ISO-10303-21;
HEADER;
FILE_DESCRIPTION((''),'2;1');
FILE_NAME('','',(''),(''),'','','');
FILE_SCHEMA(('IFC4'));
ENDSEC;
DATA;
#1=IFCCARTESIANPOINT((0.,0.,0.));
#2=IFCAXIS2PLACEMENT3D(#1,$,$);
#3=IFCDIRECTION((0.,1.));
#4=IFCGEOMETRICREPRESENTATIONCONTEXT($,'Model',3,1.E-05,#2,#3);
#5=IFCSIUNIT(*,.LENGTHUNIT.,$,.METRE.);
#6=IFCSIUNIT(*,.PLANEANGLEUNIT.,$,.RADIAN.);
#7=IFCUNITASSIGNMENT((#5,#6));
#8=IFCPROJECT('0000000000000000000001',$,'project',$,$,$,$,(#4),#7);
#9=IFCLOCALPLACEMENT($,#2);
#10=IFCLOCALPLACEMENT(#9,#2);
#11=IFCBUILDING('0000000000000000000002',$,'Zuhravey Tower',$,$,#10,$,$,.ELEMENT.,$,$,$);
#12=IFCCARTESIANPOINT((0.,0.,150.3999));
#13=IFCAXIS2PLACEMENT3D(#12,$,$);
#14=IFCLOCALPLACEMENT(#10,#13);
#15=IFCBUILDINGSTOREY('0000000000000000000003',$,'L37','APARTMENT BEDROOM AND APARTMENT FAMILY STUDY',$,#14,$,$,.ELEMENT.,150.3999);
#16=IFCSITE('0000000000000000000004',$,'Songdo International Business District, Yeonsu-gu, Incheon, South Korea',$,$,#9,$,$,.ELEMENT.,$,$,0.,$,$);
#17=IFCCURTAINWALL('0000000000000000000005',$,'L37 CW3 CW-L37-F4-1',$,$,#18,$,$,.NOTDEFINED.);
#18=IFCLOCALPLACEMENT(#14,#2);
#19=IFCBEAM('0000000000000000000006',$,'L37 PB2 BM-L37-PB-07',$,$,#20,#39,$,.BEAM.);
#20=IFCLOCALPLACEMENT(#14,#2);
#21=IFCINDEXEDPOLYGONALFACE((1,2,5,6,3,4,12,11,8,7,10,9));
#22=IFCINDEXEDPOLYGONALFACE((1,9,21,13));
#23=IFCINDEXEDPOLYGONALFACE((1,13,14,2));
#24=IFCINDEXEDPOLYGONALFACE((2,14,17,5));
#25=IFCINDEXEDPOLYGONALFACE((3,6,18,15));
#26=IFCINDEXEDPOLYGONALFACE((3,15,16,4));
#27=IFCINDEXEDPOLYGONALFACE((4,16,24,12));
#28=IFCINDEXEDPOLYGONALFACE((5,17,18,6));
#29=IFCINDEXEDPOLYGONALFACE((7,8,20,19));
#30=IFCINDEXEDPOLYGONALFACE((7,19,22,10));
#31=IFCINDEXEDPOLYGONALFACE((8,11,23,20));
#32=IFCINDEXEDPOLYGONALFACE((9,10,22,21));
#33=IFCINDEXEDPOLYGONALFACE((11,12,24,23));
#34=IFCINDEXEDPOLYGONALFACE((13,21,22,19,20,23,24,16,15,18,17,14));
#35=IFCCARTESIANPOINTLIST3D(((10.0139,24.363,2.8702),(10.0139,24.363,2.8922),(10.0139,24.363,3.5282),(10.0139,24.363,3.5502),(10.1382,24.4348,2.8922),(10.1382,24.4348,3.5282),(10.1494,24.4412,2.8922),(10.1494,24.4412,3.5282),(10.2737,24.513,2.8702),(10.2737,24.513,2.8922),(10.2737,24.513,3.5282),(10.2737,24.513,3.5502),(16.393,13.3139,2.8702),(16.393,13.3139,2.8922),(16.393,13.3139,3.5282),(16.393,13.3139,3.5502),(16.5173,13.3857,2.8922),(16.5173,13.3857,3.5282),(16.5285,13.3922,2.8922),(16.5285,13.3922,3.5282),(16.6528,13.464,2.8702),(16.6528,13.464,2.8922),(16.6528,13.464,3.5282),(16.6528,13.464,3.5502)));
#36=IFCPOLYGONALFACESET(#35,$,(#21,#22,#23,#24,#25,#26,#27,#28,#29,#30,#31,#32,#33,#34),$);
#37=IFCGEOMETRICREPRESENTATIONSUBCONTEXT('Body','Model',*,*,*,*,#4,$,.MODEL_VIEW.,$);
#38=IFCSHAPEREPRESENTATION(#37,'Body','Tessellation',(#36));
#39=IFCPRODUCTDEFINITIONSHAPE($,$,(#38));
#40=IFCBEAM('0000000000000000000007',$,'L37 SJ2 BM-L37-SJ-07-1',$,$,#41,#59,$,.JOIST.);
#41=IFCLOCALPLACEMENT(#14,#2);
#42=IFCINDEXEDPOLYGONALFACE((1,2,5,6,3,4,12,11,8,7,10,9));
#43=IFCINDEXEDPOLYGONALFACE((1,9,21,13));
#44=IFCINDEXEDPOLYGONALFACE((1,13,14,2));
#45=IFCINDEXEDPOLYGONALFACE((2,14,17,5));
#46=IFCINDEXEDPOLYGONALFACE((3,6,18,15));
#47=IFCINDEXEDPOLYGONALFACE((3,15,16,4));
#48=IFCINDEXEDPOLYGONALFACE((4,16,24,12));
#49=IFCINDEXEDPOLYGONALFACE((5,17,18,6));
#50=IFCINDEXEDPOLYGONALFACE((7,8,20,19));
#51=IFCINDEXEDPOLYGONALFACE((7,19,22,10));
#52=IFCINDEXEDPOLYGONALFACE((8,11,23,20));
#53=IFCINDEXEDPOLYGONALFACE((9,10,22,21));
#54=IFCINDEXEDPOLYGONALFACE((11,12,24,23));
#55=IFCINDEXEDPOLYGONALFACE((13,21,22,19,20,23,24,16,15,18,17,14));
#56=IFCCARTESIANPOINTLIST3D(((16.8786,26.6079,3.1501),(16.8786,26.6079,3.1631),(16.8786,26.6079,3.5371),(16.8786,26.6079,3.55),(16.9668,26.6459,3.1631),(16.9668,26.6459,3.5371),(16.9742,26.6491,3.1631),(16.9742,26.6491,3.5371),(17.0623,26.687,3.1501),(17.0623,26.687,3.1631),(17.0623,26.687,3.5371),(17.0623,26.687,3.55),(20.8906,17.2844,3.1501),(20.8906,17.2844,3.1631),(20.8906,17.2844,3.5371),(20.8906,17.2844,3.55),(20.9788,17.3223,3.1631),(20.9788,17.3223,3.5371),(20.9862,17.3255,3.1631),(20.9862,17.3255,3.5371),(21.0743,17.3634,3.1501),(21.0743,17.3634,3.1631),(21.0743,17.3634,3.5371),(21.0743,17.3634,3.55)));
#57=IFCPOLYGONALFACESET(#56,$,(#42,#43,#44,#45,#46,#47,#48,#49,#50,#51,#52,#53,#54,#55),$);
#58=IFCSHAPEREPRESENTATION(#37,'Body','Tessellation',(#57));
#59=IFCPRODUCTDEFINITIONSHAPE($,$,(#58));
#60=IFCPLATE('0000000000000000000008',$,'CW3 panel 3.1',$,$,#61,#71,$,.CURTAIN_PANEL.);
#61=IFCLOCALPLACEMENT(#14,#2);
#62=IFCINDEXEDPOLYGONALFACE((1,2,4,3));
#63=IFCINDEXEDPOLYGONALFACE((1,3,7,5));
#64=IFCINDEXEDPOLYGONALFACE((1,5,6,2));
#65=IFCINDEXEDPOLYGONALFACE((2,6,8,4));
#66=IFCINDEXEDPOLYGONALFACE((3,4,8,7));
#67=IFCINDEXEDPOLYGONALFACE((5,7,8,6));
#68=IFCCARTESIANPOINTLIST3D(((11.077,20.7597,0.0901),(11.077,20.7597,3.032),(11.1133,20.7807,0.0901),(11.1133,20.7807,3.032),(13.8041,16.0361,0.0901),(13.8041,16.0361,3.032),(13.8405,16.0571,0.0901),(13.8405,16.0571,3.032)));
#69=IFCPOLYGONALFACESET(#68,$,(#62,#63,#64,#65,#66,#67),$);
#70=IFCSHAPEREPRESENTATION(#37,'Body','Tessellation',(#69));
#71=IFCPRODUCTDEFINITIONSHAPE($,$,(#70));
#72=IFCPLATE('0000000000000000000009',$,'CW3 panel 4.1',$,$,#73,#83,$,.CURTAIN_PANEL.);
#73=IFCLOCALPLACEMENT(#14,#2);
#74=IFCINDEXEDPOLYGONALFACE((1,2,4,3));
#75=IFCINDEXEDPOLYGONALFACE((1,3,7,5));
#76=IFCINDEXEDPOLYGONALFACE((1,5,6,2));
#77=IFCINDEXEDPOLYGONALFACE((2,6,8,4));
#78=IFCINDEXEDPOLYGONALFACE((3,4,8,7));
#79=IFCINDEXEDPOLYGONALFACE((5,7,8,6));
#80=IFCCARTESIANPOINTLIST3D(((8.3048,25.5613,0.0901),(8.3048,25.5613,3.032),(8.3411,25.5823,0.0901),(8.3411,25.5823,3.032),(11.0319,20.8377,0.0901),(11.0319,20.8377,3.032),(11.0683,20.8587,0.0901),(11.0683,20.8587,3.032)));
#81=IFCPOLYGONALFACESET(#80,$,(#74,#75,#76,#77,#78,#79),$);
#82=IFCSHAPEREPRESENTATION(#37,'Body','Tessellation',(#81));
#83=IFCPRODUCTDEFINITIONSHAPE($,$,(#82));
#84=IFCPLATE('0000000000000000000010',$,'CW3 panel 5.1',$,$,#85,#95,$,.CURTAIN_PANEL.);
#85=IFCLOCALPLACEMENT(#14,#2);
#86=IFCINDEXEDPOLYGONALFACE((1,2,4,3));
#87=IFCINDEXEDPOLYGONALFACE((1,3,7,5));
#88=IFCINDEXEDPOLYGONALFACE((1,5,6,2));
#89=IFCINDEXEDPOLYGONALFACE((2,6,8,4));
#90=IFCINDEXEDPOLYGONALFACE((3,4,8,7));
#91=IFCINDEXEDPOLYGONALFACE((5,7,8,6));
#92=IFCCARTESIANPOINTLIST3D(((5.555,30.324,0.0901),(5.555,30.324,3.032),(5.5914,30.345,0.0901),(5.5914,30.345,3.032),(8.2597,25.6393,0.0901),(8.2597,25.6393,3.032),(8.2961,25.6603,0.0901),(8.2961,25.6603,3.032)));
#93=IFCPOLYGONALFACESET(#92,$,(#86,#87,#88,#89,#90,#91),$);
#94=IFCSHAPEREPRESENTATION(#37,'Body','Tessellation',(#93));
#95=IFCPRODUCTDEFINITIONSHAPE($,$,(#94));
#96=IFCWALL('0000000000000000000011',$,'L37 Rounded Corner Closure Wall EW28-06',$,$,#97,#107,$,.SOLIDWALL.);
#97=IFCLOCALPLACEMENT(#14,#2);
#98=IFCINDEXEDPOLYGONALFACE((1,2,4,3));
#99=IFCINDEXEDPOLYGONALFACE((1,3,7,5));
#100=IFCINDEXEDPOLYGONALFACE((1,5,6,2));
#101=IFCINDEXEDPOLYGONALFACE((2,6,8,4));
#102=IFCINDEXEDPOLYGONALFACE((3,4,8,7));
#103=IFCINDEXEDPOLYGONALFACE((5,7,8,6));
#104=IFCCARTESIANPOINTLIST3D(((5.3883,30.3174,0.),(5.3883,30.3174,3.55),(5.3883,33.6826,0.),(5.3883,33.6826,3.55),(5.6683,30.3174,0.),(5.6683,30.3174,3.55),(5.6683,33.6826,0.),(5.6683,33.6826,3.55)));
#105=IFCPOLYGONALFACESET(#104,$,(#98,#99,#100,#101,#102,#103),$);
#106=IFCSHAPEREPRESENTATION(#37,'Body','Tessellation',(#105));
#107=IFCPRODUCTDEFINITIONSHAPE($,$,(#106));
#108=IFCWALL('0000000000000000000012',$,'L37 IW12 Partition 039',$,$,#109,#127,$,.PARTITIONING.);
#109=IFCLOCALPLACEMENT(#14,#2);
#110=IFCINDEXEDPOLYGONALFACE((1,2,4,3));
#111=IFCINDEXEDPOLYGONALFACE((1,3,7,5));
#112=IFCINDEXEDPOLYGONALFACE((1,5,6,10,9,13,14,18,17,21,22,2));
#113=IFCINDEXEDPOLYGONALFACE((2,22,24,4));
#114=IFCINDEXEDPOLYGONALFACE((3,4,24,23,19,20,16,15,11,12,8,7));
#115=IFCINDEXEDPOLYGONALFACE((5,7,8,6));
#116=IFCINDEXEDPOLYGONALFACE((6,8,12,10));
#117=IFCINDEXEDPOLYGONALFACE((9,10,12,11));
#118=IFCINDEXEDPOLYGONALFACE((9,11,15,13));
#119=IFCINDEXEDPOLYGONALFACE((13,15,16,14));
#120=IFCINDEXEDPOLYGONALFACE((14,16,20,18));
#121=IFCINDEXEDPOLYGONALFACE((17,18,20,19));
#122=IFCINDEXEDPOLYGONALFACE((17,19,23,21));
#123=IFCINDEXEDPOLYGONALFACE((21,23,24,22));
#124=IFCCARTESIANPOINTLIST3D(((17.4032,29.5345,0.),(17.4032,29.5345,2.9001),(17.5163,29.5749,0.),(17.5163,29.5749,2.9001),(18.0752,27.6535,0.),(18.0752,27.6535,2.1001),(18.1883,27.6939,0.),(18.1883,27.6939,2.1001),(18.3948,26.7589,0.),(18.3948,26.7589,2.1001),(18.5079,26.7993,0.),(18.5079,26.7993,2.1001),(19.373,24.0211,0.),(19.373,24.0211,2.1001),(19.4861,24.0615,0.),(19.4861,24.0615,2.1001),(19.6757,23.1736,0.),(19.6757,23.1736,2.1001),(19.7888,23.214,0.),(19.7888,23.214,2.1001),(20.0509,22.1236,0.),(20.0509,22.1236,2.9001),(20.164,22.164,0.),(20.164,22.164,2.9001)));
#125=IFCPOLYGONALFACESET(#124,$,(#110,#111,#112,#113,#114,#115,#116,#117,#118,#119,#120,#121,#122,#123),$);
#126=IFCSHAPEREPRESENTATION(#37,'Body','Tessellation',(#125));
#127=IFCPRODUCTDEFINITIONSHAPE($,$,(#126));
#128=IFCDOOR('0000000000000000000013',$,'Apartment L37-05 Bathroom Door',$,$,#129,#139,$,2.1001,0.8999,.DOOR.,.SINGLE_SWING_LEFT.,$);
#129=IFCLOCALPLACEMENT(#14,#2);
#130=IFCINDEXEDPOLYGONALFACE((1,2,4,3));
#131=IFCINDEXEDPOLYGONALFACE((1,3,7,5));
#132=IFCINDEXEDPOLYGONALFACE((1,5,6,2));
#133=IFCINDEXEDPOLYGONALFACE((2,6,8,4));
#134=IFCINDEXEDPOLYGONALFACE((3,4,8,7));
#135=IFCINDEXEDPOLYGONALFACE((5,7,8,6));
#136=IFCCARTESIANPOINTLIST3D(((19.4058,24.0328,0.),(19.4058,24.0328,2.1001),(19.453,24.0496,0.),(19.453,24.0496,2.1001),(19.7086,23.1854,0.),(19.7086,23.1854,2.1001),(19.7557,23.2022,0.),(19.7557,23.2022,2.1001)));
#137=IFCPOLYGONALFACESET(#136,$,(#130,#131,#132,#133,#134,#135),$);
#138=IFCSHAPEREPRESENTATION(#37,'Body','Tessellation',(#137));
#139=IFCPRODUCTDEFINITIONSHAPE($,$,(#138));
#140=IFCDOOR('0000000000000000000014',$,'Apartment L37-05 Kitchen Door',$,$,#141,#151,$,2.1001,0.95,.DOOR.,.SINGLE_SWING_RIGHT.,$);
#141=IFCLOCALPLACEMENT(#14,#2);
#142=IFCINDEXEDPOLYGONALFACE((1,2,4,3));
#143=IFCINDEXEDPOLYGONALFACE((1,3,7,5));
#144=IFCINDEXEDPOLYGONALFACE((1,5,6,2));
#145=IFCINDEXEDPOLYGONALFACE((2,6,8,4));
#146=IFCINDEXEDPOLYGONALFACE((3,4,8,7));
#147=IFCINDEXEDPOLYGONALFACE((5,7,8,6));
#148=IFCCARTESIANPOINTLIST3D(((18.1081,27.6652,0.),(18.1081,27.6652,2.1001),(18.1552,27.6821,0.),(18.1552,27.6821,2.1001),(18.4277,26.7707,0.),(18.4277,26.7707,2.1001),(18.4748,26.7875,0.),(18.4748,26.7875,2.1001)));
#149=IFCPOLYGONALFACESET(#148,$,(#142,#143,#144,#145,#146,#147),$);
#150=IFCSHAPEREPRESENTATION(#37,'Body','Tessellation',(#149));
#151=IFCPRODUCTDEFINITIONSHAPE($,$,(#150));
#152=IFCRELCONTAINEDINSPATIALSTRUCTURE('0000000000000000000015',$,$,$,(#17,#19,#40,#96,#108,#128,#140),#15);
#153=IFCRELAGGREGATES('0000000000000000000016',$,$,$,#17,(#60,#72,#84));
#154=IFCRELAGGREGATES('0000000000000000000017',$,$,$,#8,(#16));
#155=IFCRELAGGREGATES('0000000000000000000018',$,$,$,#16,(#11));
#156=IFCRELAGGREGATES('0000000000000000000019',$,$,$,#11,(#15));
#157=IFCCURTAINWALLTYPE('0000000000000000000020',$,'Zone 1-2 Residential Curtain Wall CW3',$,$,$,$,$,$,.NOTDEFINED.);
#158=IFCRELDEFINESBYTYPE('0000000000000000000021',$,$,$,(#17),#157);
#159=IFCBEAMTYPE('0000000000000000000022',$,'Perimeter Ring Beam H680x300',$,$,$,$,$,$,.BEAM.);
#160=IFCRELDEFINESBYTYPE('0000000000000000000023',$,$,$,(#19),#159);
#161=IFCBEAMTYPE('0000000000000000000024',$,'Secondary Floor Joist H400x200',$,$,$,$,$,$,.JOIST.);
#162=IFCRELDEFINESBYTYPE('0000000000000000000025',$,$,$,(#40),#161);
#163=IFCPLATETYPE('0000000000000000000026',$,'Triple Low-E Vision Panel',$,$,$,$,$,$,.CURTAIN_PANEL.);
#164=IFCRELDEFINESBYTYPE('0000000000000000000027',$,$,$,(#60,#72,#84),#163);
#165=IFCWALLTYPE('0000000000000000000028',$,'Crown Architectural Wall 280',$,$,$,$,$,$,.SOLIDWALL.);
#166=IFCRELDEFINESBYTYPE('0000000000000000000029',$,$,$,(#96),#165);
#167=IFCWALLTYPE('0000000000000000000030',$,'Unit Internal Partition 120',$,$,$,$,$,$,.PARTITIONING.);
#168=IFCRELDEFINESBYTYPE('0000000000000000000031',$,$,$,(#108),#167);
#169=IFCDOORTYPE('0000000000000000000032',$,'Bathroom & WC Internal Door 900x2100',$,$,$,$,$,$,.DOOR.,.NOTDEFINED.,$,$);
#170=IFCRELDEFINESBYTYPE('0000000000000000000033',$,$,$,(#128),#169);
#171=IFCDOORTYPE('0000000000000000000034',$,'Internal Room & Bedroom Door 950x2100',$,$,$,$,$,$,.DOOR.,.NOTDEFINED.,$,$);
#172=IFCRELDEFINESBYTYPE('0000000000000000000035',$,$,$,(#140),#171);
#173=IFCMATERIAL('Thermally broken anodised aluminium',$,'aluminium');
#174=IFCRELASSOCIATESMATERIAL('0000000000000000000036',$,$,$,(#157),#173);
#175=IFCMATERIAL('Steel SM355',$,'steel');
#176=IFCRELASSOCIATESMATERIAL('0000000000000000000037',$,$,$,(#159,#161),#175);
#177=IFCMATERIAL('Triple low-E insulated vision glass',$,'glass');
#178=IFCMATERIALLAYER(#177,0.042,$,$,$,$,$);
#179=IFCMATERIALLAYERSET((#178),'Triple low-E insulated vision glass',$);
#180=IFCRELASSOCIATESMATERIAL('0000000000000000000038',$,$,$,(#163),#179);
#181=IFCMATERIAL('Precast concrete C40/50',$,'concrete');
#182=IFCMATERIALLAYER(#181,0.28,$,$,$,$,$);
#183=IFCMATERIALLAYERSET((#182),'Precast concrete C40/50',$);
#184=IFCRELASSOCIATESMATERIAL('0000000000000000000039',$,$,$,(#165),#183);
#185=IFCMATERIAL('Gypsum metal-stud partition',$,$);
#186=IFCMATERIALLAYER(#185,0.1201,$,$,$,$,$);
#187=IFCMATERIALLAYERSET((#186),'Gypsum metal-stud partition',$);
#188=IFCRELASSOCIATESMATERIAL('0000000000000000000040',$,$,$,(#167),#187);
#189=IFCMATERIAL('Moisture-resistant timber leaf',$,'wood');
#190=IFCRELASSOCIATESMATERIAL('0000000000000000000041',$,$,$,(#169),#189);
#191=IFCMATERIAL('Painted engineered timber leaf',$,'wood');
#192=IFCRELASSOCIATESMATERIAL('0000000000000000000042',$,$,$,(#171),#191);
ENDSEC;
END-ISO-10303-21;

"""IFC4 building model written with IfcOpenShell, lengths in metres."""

from ifc_helpers import new_model, si_unit, direction, frame, frame_2d, origin, origin_2d, place, context, subcontext, project, spatial, rectangle, i_section, extrude, material, layer, layer_set, material_profile, profile_set, type_object, element, fill, aggregate, save


model = new_model("IFC4")

# Units and contexts
model_context = context("Model", 3, precision=1e-05, world=origin(), true_north=direction((0.0, 1.0)))
body_context = subcontext(model_context, "Body", "Model", "MODEL_VIEW")
ifc_project = project(units=[si_unit("LENGTHUNIT", "METRE"), si_unit("PLANEANGLEUNIT", "RADIAN")], contexts=[model_context])

# Site, building, storey
site_placement = place(None, origin())
site = spatial("IfcSite", under=ifc_project, at=site_placement, Name="Songdo International Business District, Yeonsu-gu, Incheon, South Korea", CompositionType="ELEMENT", RefElevation=0.0)
building_placement = place(site_placement, origin())
building = spatial("IfcBuilding", under=site, at=building_placement, Name="Zuhravey Tower", CompositionType="ELEMENT")
storey_placement = place(building_placement, frame((0.0, 0.0, 150.3999)))
storey = spatial("IfcBuildingStorey", under=building, at=storey_placement, Name="L37", Description="APARTMENT BEDROOM AND APARTMENT FAMILY STUDY", CompositionType="ELEMENT", Elevation=150.3999)

# Curtain wall
ifc_material_1 = material(Name="Thermally broken anodised aluminium", Category="aluminium")
curtain_wall_type = type_object("IfcCurtainWallType", Name="Zone 1-2 Residential Curtain Wall CW3", PredefinedType="NOTDEFINED", material=ifc_material_1)
curtain_wall_placement = place(storey_placement, origin())
curtain_wall = element("IfcCurtainWall", 1, at=curtain_wall_placement, inside=storey, type_object=curtain_wall_type, Name="L37 CW3 CW-L37-F4-1", PredefinedType="NOTDEFINED")

# Beams
ifc_material_2 = material(Name="Steel SM355", Category="steel")
ifc_material_profile_1 = material_profile(ifc_material_2, i_section(OverallWidth=0.3, OverallDepth=0.6799, WebThickness=0.0129, FlangeThickness=0.022, at=origin_2d()), Name="H-680x300x13x22")
ifc_profile_set_1 = profile_set([ifc_material_profile_1], Name="Steel SM355")
beam_type_1 = type_object("IfcBeamType", Name="Perimeter Ring Beam H680x300", PredefinedType="BEAM", material=ifc_profile_set_1)
beam_1_placement = place(storey_placement, frame((10.1438, 24.438, 3.2102), z_axis=(0.499998, -0.866027, 0.0), x_axis=(0.866027, 0.499998, 0.0)))
element("IfcBeam", 2, at=beam_1_placement, inside=storey, type_object=beam_type_1, Name="L37 PB2 BM-L37-PB-07", PredefinedType="BEAM", context=body_context, shape_type="SweptSolid", body=[
    extrude(i_section(OverallWidth=0.3, OverallDepth=0.6799, WebThickness=0.0129, FlangeThickness=0.022, at=origin_2d()), origin(), (0.0, 0.0, 1.0), 12.7583),
])
ifc_material_profile_2 = material_profile(ifc_material_2, i_section(OverallWidth=0.2, OverallDepth=0.3999, WebThickness=0.0081, FlangeThickness=0.0129, at=origin_2d()), Name="H-400x200x8x13")
ifc_profile_set_2 = profile_set([ifc_material_profile_2], Name="Steel SM355")
beam_type_2 = type_object("IfcBeamType", Name="Secondary Floor Joist H400x200", PredefinedType="JOIST", material=ifc_profile_set_2)
beam_2_placement = place(storey_placement, frame((16.9705, 26.6475, 3.3501), z_axis=(0.395266, -0.918567, 0.0), x_axis=(0.918567, 0.395266, 0.0)))
element("IfcBeam", 3, at=beam_2_placement, inside=storey, type_object=beam_type_2, Name="L37 SJ2 BM-L37-SJ-07-1", PredefinedType="JOIST", context=body_context, shape_type="SweptSolid", body=[
    extrude(i_section(OverallWidth=0.2, OverallDepth=0.3999, WebThickness=0.0081, FlangeThickness=0.0129, at=origin_2d()), origin(), (0.0, 0.0, 1.0), 10.1501),
])

# Plates
ifc_material_3 = material(Name="Triple low-E insulated vision glass", Category="glass")
ifc_layer_1 = layer(ifc_material_3, 0.042)
ifc_layer_set_1 = layer_set([ifc_layer_1], Name="Triple low-E insulated vision glass")
plate_type = type_object("IfcPlateType", Name="Triple Low-E Vision Panel", PredefinedType="CURTAIN_PANEL", material=ifc_layer_set_1)
plate_1_placement = place(storey_placement, frame((12.4587, 18.4084, 0.0901), z_axis=(0.0, 0.0, 1.0), x_axis=(-0.5, 0.866025, 0.0)))
plate_1 = element("IfcPlate", 4, at=plate_1_placement, type_object=plate_type, Name="CW3 panel 3.1", PredefinedType="CURTAIN_PANEL", context=body_context, shape_type="SweptSolid", body=[
    extrude(rectangle(XDim=5.4543, YDim=0.042, at=origin_2d()), origin(), (0.0, 0.0, 1.0), 2.9419),
])
plate_2_placement = place(storey_placement, frame((9.6865, 23.21, 0.0901), z_axis=(0.0, 0.0, 1.0), x_axis=(-0.5, 0.866025, 0.0)))
plate_2 = element("IfcPlate", 5, at=plate_2_placement, type_object=plate_type, Name="CW3 panel 4.1", PredefinedType="CURTAIN_PANEL", context=body_context, shape_type="SweptSolid", body=[
    extrude(rectangle(XDim=5.4543, YDim=0.042, at=origin_2d()), origin(), (0.0, 0.0, 1.0), 2.9419),
])
plate_3_placement = place(storey_placement, frame((6.9255, 27.9922, 0.0901), z_axis=(0.0, 0.0, 1.0), x_axis=(-0.5, 0.866025, 0.0)))
plate_3 = element("IfcPlate", 6, at=plate_3_placement, type_object=plate_type, Name="CW3 panel 5.1", PredefinedType="CURTAIN_PANEL", context=body_context, shape_type="SweptSolid", body=[
    extrude(rectangle(XDim=5.4094, YDim=0.042, at=origin_2d()), origin(), (0.0, 0.0, 1.0), 2.9419),
])
aggregate(curtain_wall, [plate_1, plate_2, plate_3])

# Wall
ifc_material_4 = material(Name="Precast concrete C40/50", Category="concrete")
ifc_layer_2 = layer(ifc_material_4, 0.28)
ifc_layer_set_2 = layer_set([ifc_layer_2], Name="Precast concrete C40/50")
wall_type_1 = type_object("IfcWallType", Name="Crown Architectural Wall 280", PredefinedType="SOLIDWALL", material=ifc_layer_set_2)
wall_1_placement = place(storey_placement, frame((5.5283, 30.3174, 0.0), z_axis=(0.0, 0.0, 1.0), x_axis=(0.0, 1.0, 0.0)))
element("IfcWall", 7, at=wall_1_placement, inside=storey, type_object=wall_type_1, Name="L37 Rounded Corner Closure Wall EW28-06", PredefinedType="SOLIDWALL", context=body_context, shape_type="SweptSolid", body=[
    extrude(rectangle(XDim=3.3652, YDim=0.28, at=frame_2d((1.6826, 0.0))), origin(), (0.0, 0.0, 1.0), 3.55),
])

# Wall, openings, doors
ifc_material_5 = material(Name="Gypsum metal-stud partition")
ifc_layer_3 = layer(ifc_material_5, 0.1201)
ifc_layer_set_3 = layer_set([ifc_layer_3], Name="Gypsum metal-stud partition")
wall_type_2 = type_object("IfcWallType", Name="Unit Internal Partition 120", PredefinedType="PARTITIONING", material=ifc_layer_set_3)
wall_2_placement = place(storey_placement, frame((17.4597, 29.5547, 0.0), z_axis=(0.0, 0.0, 1.0), x_axis=(0.336444, -0.941703, 0.0)))
wall_2 = element("IfcWall", 8, at=wall_2_placement, inside=storey, type_object=wall_type_2, Name="L37 IW12 Partition 039", PredefinedType="PARTITIONING", context=body_context, shape_type="SweptSolid", body=[
    extrude(rectangle(XDim=7.8696, YDim=0.1201, at=frame_2d((3.9348, 0.0))), origin(), (0.0, 0.0, 1.0), 2.9001),
])
opening_1_placement = place(wall_2_placement, frame((1.9973, 0.0, 0.0)))
opening_1 = element("IfcOpeningElement", 9, at=opening_1_placement, cuts=wall_2, PredefinedType="OPENING", context=body_context, shape_type="SweptSolid", body=[
    extrude(rectangle(XDim=0.95, YDim=2.1001, at=frame_2d((0.4751, 1.05))), frame((0.0, 0.072, 0.0), z_axis=(0.0, -1.0, 0.0), x_axis=(1.0, 0.0, 0.0)), (0.0, 0.0, 1.0), 0.144),
])
opening_2_placement = place(wall_2_placement, frame((5.8547, 0.0, 0.0)))
opening_2 = element("IfcOpeningElement", 10, at=opening_2_placement, cuts=wall_2, PredefinedType="OPENING", context=body_context, shape_type="SweptSolid", body=[
    extrude(rectangle(XDim=0.8999, YDim=2.1001, at=frame_2d((0.45, 1.05))), frame((0.0, 0.072, 0.0), z_axis=(0.0, -1.0, 0.0), x_axis=(1.0, 0.0, 0.0)), (0.0, 0.0, 1.0), 0.144),
])
ifc_material_6 = material(Name="Moisture-resistant timber leaf", Category="wood")
door_type_1 = type_object("IfcDoorType", Name="Bathroom & WC Internal Door 900x2100", OperationType="NOTDEFINED", PredefinedType="DOOR", material=ifc_material_6)
door_1_placement = place(opening_2_placement, origin())
door_1 = element("IfcDoor", 11, at=door_1_placement, inside=storey, type_object=door_type_1, Name="Apartment L37-05 Bathroom Door", OperationType="SINGLE_SWING_LEFT", OverallHeight=2.1001, OverallWidth=0.8999, PredefinedType="DOOR", context=body_context, shape_type="SweptSolid", body=[
    extrude(rectangle(XDim=0.8999, YDim=2.1001, at=frame_2d((0.45, 1.05))), frame((0.0, 0.0249, 0.0), z_axis=(0.0, -1.0, 0.0), x_axis=(1.0, 0.0, 0.0)), (0.0, 0.0, 1.0), 0.05),
])
fill(opening_2, door_1)
ifc_material_7 = material(Name="Painted engineered timber leaf", Category="wood")
door_type_2 = type_object("IfcDoorType", Name="Internal Room & Bedroom Door 950x2100", OperationType="NOTDEFINED", PredefinedType="DOOR", material=ifc_material_7)
door_2_placement = place(opening_1_placement, origin())
door_2 = element("IfcDoor", 12, at=door_2_placement, inside=storey, type_object=door_type_2, Name="Apartment L37-05 Kitchen Door", OperationType="SINGLE_SWING_RIGHT", OverallHeight=2.1001, OverallWidth=0.95, PredefinedType="DOOR", context=body_context, shape_type="SweptSolid", body=[
    extrude(rectangle(XDim=0.95, YDim=2.1001, at=frame_2d((0.4751, 1.05))), frame((0.0, 0.0249, 0.0), z_axis=(0.0, -1.0, 0.0), x_axis=(1.0, 0.0, 0.0)), (0.0, 0.0, 1.0), 0.05),
])
fill(opening_1, door_2)

save(model, "model.ifc")
